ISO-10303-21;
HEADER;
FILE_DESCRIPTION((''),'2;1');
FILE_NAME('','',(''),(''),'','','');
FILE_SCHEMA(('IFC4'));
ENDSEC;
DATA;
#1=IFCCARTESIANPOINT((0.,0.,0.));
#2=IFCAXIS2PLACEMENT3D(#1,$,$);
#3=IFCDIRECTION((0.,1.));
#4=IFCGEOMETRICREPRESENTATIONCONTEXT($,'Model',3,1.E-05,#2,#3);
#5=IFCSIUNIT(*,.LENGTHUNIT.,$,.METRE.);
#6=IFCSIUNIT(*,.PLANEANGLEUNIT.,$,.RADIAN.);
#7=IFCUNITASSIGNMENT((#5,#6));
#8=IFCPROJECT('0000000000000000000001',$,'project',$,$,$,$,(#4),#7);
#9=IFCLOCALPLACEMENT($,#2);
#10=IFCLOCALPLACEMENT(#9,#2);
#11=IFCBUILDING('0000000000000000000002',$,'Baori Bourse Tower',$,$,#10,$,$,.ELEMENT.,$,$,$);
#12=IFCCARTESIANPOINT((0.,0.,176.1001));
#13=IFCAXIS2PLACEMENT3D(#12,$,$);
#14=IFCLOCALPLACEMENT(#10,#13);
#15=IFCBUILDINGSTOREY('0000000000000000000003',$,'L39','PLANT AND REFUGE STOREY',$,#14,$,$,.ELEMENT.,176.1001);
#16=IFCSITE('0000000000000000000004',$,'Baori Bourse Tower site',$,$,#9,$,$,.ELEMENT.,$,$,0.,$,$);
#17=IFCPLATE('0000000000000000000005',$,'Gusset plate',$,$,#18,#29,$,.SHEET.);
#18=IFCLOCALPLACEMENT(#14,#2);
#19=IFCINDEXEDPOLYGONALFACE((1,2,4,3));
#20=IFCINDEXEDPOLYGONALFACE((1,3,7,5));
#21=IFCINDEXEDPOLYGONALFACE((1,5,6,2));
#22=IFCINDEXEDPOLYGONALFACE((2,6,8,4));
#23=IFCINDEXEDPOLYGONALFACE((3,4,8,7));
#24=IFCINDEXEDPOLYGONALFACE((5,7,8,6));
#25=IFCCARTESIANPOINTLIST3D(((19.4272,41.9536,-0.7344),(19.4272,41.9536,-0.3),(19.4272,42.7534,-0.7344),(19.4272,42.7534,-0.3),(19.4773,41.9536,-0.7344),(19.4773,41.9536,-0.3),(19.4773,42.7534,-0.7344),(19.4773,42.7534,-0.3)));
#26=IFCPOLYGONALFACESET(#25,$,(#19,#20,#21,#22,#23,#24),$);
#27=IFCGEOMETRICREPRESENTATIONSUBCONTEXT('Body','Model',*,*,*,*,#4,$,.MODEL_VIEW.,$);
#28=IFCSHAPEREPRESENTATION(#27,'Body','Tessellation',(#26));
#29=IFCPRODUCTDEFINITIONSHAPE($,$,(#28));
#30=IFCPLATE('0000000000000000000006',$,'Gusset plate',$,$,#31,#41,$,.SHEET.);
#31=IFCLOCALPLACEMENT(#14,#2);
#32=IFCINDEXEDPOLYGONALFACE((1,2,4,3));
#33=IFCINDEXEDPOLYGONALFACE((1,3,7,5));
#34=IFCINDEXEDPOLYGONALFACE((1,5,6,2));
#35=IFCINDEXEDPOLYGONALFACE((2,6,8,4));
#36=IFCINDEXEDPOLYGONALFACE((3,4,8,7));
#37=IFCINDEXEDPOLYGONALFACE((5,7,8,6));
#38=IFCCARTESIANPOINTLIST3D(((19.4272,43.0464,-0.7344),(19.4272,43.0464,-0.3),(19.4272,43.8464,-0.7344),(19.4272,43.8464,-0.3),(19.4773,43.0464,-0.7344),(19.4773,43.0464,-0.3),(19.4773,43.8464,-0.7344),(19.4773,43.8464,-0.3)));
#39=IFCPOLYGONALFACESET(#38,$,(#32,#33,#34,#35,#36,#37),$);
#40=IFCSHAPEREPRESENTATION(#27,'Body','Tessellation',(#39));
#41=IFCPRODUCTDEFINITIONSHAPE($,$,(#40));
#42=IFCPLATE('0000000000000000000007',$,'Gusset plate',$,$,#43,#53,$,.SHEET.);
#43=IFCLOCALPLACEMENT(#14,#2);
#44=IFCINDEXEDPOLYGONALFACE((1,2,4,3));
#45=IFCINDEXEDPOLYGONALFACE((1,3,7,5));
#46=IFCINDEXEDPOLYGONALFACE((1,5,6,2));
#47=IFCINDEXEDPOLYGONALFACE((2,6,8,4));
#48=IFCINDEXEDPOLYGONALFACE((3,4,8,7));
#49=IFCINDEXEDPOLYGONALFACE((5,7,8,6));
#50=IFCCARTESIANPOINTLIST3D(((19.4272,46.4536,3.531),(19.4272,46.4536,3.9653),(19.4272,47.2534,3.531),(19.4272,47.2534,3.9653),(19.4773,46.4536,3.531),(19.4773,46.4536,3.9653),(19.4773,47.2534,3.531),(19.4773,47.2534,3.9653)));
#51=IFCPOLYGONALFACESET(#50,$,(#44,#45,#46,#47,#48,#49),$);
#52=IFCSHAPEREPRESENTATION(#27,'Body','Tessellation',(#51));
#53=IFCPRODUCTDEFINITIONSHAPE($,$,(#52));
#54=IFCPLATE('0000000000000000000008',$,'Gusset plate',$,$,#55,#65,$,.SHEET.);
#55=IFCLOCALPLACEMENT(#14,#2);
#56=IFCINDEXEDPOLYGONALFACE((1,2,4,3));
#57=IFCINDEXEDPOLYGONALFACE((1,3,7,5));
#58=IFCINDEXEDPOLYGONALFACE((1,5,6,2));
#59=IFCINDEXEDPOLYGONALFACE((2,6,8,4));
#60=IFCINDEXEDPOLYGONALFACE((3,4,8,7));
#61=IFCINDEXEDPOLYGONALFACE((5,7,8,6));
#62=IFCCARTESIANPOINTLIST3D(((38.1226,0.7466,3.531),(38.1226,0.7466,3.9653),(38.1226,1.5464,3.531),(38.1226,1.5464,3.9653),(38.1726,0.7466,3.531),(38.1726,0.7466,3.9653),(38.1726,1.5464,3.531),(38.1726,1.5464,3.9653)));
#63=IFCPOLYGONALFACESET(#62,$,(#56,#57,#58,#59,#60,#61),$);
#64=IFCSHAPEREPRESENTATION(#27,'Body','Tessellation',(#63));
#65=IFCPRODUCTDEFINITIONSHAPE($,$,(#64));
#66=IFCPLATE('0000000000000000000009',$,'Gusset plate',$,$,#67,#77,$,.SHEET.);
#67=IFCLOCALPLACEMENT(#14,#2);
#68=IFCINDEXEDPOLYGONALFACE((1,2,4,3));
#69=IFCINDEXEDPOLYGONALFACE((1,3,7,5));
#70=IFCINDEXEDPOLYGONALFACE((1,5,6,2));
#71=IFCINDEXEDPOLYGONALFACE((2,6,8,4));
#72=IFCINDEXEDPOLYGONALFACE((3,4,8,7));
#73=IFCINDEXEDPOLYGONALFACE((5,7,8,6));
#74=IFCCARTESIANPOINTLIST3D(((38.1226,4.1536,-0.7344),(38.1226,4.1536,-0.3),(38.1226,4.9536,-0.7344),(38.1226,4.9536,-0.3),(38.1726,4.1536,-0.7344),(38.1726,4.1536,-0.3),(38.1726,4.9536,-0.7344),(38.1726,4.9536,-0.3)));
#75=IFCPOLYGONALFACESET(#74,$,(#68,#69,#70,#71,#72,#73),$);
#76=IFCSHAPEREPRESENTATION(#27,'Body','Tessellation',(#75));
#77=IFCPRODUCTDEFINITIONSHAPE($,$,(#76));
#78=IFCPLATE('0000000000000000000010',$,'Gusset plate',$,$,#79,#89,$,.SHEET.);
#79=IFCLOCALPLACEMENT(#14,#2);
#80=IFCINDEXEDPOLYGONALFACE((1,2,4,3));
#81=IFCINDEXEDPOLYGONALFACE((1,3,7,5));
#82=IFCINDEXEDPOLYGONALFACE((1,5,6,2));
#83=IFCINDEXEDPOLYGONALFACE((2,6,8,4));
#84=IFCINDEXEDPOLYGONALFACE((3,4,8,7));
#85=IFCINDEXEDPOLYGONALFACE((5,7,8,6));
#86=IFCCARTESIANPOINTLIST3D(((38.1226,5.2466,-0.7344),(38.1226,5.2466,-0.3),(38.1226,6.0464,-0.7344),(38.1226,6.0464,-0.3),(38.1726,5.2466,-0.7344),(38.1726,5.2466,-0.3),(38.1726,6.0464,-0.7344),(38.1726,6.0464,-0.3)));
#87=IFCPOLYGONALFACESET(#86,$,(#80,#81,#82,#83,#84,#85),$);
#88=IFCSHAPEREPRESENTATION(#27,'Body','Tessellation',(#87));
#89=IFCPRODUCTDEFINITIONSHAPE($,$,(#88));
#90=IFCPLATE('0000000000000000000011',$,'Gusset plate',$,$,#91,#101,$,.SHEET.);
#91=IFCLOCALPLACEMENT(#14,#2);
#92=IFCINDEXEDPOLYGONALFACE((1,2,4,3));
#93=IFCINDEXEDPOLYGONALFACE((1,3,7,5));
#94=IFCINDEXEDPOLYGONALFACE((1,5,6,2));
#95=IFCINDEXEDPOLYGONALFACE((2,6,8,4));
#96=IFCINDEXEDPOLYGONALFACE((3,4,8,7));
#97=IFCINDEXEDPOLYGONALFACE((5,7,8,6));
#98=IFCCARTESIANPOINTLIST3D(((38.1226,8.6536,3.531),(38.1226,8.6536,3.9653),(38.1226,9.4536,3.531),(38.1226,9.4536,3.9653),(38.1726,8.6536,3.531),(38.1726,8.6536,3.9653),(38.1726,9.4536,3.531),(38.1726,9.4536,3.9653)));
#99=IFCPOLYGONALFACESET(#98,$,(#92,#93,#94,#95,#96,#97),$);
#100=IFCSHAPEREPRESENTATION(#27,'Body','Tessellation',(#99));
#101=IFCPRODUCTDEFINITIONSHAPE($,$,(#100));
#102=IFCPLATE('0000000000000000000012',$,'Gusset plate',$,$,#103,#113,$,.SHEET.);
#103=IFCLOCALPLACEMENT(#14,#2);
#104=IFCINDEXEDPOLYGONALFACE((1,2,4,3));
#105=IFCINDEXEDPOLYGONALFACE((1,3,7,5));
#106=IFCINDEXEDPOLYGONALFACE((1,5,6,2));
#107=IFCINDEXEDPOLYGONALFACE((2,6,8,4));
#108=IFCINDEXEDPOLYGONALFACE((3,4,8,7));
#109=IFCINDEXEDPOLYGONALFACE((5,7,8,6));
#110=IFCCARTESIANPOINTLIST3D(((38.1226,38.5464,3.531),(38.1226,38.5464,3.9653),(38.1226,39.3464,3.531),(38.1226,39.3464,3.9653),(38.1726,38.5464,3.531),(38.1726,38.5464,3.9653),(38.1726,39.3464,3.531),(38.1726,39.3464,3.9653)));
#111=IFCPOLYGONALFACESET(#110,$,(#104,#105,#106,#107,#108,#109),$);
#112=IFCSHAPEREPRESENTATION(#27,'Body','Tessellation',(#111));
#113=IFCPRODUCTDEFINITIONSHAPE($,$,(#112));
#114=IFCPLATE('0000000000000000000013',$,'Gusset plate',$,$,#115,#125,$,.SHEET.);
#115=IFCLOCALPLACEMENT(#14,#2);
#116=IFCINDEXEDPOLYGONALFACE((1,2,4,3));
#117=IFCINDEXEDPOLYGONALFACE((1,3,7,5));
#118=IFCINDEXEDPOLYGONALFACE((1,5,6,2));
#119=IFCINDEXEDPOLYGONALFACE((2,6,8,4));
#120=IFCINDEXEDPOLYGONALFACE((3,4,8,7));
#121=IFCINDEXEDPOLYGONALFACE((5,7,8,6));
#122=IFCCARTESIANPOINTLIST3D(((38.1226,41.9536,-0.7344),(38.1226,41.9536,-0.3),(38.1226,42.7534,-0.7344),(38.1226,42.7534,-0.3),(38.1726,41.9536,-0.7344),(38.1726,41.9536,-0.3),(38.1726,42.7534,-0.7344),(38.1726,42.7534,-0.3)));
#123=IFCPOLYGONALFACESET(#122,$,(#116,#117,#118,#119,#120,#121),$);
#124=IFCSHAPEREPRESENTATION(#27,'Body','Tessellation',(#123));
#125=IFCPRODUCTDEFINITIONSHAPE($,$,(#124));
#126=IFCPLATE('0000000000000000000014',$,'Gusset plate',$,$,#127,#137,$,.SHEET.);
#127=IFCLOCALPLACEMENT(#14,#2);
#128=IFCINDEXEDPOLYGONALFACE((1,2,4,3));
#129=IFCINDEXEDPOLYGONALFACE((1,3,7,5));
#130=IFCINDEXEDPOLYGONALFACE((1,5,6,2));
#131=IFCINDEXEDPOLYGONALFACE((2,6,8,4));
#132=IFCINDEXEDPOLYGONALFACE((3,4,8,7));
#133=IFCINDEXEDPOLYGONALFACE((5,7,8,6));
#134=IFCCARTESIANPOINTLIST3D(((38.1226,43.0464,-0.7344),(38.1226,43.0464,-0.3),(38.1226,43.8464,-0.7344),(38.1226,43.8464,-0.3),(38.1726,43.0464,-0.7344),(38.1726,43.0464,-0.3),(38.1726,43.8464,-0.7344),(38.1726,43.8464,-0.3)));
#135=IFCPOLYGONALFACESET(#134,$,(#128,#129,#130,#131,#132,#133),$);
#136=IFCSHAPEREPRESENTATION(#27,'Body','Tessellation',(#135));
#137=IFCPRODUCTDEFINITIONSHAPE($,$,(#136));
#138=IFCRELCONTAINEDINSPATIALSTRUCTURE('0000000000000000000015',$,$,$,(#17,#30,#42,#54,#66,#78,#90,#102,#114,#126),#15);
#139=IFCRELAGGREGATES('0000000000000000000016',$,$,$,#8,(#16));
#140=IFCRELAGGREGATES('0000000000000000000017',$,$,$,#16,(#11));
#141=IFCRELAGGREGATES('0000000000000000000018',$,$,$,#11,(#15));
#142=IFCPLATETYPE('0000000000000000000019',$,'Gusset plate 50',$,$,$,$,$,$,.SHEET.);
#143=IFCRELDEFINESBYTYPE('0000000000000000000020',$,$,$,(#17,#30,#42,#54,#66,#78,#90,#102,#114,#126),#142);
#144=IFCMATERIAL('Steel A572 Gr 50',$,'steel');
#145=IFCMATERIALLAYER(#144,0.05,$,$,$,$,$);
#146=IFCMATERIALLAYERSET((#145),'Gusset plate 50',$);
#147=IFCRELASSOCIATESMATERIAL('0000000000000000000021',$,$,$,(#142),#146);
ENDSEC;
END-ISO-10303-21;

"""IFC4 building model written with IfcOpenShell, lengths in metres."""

from ifc_helpers import new_model, si_unit, direction, frame, origin, place, context, subcontext, project, spatial, polyline, outline, extrude, material, layer, layer_set, type_object, element, save


model = new_model("IFC4")

# Units and contexts
model_context = context("Model", 3, precision=1e-05, world=origin(), true_north=direction((0.0, 1.0)))
body_context = subcontext(model_context, "Body", "Model", "MODEL_VIEW")
ifc_project = project(units=[si_unit("LENGTHUNIT", "METRE"), si_unit("PLANEANGLEUNIT", "RADIAN")], contexts=[model_context])

# Site, building, storey
site_placement = place(None, origin())
site = spatial("IfcSite", under=ifc_project, at=site_placement, Name="Baori Bourse Tower site", CompositionType="ELEMENT", RefElevation=0.0)
building_placement = place(site_placement, origin())
building = spatial("IfcBuilding", under=site, at=building_placement, Name="Baori Bourse Tower", CompositionType="ELEMENT")
storey_placement = place(building_placement, frame((0.0, 0.0, 176.1001)))
storey = spatial("IfcBuildingStorey", under=building, at=storey_placement, Name="L39", Description="PLANT AND REFUGE STOREY", CompositionType="ELEMENT", Elevation=176.1001)

# Plates
ifc_material_1 = material(Name="Steel A572 Gr 50", Category="steel")
ifc_layer_1 = layer(ifc_material_1, 0.05)
ifc_layer_set_1 = layer_set([ifc_layer_1], Name="Gusset plate 50")
plate_type_1 = type_object("IfcPlateType", Name="Gusset plate 50", PredefinedType="SHEET", material=ifc_layer_set_1)
plate_1_placement = place(storey_placement, frame((0.0, 0.0, -0.7344)))
element("IfcPlate", 1, at=plate_1_placement, inside=storey, type_object=plate_type_1, Name="Gusset plate", PredefinedType="SHEET", context=body_context, shape_type="SweptSolid", body=[
    extrude(outline(polyline([(19.4272, 41.9536), (19.4773, 41.9536), (19.4773, 42.7534), (19.4272, 42.7534), (19.4272, 41.9536)])), origin(), (0.0, 0.0, 1.0), 0.4343),
])
plate_2_placement = place(storey_placement, frame((0.0, 0.0, -0.7344)))
element("IfcPlate", 2, at=plate_2_placement, inside=storey, type_object=plate_type_1, Name="Gusset plate", PredefinedType="SHEET", context=body_context, shape_type="SweptSolid", body=[
    extrude(outline(polyline([(19.4272, 43.0464), (19.4773, 43.0464), (19.4773, 43.8464), (19.4272, 43.8464), (19.4272, 43.0464)])), origin(), (0.0, 0.0, 1.0), 0.4343),
])
plate_3_placement = place(storey_placement, frame((0.0, 0.0, 3.531)))
element("IfcPlate", 3, at=plate_3_placement, inside=storey, type_object=plate_type_1, Name="Gusset plate", PredefinedType="SHEET", context=body_context, shape_type="SweptSolid", body=[
    extrude(outline(polyline([(19.4272, 46.4536), (19.4773, 46.4536), (19.4773, 47.2534), (19.4272, 47.2534), (19.4272, 46.4536)])), origin(), (0.0, 0.0, 1.0), 0.4343),
])
plate_4_placement = place(storey_placement, frame((0.0, 0.0, 3.531)))
element("IfcPlate", 4, at=plate_4_placement, inside=storey, type_object=plate_type_1, Name="Gusset plate", PredefinedType="SHEET", context=body_context, shape_type="SweptSolid", body=[
    extrude(outline(polyline([(38.1226, 0.7466), (38.1726, 0.7466), (38.1726, 1.5464), (38.1226, 1.5464), (38.1226, 0.7466)])), origin(), (0.0, 0.0, 1.0), 0.4343),
])
plate_5_placement = place(storey_placement, frame((0.0, 0.0, -0.7344)))
element("IfcPlate", 5, at=plate_5_placement, inside=storey, type_object=plate_type_1, Name="Gusset plate", PredefinedType="SHEET", context=body_context, shape_type="SweptSolid", body=[
    extrude(outline(polyline([(38.1226, 4.1536), (38.1726, 4.1536), (38.1726, 4.9536), (38.1226, 4.9536), (38.1226, 4.1536)])), origin(), (0.0, 0.0, 1.0), 0.4343),
])
plate_6_placement = place(storey_placement, frame((0.0, 0.0, -0.7344)))
element("IfcPlate", 6, at=plate_6_placement, inside=storey, type_object=plate_type_1, Name="Gusset plate", PredefinedType="SHEET", context=body_context, shape_type="SweptSolid", body=[
    extrude(outline(polyline([(38.1226, 5.2466), (38.1726, 5.2466), (38.1726, 6.0464), (38.1226, 6.0464), (38.1226, 5.2466)])), origin(), (0.0, 0.0, 1.0), 0.4343),
])
plate_7_placement = place(storey_placement, frame((0.0, 0.0, 3.531)))
element("IfcPlate", 7, at=plate_7_placement, inside=storey, type_object=plate_type_1, Name="Gusset plate", PredefinedType="SHEET", context=body_context, shape_type="SweptSolid", body=[
    extrude(outline(polyline([(38.1226, 8.6536), (38.1726, 8.6536), (38.1726, 9.4536), (38.1226, 9.4536), (38.1226, 8.6536)])), origin(), (0.0, 0.0, 1.0), 0.4343),
])
plate_8_placement = place(storey_placement, frame((0.0, 0.0, 3.531)))
element("IfcPlate", 8, at=plate_8_placement, inside=storey, type_object=plate_type_1, Name="Gusset plate", PredefinedType="SHEET", context=body_context, shape_type="SweptSolid", body=[
    extrude(outline(polyline([(38.1226, 38.5464), (38.1726, 38.5464), (38.1726, 39.3464), (38.1226, 39.3464), (38.1226, 38.5464)])), origin(), (0.0, 0.0, 1.0), 0.4343),
])
plate_9_placement = place(storey_placement, frame((0.0, 0.0, -0.7344)))
element("IfcPlate", 9, at=plate_9_placement, inside=storey, type_object=plate_type_1, Name="Gusset plate", PredefinedType="SHEET", context=body_context, shape_type="SweptSolid", body=[
    extrude(outline(polyline([(38.1226, 41.9536), (38.1726, 41.9536), (38.1726, 42.7534), (38.1226, 42.7534), (38.1226, 41.9536)])), origin(), (0.0, 0.0, 1.0), 0.4343),
])
plate_10_placement = place(storey_placement, frame((0.0, 0.0, -0.7344)))
element("IfcPlate", 10, at=plate_10_placement, inside=storey, type_object=plate_type_1, Name="Gusset plate", PredefinedType="SHEET", context=body_context, shape_type="SweptSolid", body=[
    extrude(outline(polyline([(38.1226, 43.0464), (38.1726, 43.0464), (38.1726, 43.8464), (38.1226, 43.8464), (38.1226, 43.0464)])), origin(), (0.0, 0.0, 1.0), 0.4343),
])

save(model, "model.ifc")
